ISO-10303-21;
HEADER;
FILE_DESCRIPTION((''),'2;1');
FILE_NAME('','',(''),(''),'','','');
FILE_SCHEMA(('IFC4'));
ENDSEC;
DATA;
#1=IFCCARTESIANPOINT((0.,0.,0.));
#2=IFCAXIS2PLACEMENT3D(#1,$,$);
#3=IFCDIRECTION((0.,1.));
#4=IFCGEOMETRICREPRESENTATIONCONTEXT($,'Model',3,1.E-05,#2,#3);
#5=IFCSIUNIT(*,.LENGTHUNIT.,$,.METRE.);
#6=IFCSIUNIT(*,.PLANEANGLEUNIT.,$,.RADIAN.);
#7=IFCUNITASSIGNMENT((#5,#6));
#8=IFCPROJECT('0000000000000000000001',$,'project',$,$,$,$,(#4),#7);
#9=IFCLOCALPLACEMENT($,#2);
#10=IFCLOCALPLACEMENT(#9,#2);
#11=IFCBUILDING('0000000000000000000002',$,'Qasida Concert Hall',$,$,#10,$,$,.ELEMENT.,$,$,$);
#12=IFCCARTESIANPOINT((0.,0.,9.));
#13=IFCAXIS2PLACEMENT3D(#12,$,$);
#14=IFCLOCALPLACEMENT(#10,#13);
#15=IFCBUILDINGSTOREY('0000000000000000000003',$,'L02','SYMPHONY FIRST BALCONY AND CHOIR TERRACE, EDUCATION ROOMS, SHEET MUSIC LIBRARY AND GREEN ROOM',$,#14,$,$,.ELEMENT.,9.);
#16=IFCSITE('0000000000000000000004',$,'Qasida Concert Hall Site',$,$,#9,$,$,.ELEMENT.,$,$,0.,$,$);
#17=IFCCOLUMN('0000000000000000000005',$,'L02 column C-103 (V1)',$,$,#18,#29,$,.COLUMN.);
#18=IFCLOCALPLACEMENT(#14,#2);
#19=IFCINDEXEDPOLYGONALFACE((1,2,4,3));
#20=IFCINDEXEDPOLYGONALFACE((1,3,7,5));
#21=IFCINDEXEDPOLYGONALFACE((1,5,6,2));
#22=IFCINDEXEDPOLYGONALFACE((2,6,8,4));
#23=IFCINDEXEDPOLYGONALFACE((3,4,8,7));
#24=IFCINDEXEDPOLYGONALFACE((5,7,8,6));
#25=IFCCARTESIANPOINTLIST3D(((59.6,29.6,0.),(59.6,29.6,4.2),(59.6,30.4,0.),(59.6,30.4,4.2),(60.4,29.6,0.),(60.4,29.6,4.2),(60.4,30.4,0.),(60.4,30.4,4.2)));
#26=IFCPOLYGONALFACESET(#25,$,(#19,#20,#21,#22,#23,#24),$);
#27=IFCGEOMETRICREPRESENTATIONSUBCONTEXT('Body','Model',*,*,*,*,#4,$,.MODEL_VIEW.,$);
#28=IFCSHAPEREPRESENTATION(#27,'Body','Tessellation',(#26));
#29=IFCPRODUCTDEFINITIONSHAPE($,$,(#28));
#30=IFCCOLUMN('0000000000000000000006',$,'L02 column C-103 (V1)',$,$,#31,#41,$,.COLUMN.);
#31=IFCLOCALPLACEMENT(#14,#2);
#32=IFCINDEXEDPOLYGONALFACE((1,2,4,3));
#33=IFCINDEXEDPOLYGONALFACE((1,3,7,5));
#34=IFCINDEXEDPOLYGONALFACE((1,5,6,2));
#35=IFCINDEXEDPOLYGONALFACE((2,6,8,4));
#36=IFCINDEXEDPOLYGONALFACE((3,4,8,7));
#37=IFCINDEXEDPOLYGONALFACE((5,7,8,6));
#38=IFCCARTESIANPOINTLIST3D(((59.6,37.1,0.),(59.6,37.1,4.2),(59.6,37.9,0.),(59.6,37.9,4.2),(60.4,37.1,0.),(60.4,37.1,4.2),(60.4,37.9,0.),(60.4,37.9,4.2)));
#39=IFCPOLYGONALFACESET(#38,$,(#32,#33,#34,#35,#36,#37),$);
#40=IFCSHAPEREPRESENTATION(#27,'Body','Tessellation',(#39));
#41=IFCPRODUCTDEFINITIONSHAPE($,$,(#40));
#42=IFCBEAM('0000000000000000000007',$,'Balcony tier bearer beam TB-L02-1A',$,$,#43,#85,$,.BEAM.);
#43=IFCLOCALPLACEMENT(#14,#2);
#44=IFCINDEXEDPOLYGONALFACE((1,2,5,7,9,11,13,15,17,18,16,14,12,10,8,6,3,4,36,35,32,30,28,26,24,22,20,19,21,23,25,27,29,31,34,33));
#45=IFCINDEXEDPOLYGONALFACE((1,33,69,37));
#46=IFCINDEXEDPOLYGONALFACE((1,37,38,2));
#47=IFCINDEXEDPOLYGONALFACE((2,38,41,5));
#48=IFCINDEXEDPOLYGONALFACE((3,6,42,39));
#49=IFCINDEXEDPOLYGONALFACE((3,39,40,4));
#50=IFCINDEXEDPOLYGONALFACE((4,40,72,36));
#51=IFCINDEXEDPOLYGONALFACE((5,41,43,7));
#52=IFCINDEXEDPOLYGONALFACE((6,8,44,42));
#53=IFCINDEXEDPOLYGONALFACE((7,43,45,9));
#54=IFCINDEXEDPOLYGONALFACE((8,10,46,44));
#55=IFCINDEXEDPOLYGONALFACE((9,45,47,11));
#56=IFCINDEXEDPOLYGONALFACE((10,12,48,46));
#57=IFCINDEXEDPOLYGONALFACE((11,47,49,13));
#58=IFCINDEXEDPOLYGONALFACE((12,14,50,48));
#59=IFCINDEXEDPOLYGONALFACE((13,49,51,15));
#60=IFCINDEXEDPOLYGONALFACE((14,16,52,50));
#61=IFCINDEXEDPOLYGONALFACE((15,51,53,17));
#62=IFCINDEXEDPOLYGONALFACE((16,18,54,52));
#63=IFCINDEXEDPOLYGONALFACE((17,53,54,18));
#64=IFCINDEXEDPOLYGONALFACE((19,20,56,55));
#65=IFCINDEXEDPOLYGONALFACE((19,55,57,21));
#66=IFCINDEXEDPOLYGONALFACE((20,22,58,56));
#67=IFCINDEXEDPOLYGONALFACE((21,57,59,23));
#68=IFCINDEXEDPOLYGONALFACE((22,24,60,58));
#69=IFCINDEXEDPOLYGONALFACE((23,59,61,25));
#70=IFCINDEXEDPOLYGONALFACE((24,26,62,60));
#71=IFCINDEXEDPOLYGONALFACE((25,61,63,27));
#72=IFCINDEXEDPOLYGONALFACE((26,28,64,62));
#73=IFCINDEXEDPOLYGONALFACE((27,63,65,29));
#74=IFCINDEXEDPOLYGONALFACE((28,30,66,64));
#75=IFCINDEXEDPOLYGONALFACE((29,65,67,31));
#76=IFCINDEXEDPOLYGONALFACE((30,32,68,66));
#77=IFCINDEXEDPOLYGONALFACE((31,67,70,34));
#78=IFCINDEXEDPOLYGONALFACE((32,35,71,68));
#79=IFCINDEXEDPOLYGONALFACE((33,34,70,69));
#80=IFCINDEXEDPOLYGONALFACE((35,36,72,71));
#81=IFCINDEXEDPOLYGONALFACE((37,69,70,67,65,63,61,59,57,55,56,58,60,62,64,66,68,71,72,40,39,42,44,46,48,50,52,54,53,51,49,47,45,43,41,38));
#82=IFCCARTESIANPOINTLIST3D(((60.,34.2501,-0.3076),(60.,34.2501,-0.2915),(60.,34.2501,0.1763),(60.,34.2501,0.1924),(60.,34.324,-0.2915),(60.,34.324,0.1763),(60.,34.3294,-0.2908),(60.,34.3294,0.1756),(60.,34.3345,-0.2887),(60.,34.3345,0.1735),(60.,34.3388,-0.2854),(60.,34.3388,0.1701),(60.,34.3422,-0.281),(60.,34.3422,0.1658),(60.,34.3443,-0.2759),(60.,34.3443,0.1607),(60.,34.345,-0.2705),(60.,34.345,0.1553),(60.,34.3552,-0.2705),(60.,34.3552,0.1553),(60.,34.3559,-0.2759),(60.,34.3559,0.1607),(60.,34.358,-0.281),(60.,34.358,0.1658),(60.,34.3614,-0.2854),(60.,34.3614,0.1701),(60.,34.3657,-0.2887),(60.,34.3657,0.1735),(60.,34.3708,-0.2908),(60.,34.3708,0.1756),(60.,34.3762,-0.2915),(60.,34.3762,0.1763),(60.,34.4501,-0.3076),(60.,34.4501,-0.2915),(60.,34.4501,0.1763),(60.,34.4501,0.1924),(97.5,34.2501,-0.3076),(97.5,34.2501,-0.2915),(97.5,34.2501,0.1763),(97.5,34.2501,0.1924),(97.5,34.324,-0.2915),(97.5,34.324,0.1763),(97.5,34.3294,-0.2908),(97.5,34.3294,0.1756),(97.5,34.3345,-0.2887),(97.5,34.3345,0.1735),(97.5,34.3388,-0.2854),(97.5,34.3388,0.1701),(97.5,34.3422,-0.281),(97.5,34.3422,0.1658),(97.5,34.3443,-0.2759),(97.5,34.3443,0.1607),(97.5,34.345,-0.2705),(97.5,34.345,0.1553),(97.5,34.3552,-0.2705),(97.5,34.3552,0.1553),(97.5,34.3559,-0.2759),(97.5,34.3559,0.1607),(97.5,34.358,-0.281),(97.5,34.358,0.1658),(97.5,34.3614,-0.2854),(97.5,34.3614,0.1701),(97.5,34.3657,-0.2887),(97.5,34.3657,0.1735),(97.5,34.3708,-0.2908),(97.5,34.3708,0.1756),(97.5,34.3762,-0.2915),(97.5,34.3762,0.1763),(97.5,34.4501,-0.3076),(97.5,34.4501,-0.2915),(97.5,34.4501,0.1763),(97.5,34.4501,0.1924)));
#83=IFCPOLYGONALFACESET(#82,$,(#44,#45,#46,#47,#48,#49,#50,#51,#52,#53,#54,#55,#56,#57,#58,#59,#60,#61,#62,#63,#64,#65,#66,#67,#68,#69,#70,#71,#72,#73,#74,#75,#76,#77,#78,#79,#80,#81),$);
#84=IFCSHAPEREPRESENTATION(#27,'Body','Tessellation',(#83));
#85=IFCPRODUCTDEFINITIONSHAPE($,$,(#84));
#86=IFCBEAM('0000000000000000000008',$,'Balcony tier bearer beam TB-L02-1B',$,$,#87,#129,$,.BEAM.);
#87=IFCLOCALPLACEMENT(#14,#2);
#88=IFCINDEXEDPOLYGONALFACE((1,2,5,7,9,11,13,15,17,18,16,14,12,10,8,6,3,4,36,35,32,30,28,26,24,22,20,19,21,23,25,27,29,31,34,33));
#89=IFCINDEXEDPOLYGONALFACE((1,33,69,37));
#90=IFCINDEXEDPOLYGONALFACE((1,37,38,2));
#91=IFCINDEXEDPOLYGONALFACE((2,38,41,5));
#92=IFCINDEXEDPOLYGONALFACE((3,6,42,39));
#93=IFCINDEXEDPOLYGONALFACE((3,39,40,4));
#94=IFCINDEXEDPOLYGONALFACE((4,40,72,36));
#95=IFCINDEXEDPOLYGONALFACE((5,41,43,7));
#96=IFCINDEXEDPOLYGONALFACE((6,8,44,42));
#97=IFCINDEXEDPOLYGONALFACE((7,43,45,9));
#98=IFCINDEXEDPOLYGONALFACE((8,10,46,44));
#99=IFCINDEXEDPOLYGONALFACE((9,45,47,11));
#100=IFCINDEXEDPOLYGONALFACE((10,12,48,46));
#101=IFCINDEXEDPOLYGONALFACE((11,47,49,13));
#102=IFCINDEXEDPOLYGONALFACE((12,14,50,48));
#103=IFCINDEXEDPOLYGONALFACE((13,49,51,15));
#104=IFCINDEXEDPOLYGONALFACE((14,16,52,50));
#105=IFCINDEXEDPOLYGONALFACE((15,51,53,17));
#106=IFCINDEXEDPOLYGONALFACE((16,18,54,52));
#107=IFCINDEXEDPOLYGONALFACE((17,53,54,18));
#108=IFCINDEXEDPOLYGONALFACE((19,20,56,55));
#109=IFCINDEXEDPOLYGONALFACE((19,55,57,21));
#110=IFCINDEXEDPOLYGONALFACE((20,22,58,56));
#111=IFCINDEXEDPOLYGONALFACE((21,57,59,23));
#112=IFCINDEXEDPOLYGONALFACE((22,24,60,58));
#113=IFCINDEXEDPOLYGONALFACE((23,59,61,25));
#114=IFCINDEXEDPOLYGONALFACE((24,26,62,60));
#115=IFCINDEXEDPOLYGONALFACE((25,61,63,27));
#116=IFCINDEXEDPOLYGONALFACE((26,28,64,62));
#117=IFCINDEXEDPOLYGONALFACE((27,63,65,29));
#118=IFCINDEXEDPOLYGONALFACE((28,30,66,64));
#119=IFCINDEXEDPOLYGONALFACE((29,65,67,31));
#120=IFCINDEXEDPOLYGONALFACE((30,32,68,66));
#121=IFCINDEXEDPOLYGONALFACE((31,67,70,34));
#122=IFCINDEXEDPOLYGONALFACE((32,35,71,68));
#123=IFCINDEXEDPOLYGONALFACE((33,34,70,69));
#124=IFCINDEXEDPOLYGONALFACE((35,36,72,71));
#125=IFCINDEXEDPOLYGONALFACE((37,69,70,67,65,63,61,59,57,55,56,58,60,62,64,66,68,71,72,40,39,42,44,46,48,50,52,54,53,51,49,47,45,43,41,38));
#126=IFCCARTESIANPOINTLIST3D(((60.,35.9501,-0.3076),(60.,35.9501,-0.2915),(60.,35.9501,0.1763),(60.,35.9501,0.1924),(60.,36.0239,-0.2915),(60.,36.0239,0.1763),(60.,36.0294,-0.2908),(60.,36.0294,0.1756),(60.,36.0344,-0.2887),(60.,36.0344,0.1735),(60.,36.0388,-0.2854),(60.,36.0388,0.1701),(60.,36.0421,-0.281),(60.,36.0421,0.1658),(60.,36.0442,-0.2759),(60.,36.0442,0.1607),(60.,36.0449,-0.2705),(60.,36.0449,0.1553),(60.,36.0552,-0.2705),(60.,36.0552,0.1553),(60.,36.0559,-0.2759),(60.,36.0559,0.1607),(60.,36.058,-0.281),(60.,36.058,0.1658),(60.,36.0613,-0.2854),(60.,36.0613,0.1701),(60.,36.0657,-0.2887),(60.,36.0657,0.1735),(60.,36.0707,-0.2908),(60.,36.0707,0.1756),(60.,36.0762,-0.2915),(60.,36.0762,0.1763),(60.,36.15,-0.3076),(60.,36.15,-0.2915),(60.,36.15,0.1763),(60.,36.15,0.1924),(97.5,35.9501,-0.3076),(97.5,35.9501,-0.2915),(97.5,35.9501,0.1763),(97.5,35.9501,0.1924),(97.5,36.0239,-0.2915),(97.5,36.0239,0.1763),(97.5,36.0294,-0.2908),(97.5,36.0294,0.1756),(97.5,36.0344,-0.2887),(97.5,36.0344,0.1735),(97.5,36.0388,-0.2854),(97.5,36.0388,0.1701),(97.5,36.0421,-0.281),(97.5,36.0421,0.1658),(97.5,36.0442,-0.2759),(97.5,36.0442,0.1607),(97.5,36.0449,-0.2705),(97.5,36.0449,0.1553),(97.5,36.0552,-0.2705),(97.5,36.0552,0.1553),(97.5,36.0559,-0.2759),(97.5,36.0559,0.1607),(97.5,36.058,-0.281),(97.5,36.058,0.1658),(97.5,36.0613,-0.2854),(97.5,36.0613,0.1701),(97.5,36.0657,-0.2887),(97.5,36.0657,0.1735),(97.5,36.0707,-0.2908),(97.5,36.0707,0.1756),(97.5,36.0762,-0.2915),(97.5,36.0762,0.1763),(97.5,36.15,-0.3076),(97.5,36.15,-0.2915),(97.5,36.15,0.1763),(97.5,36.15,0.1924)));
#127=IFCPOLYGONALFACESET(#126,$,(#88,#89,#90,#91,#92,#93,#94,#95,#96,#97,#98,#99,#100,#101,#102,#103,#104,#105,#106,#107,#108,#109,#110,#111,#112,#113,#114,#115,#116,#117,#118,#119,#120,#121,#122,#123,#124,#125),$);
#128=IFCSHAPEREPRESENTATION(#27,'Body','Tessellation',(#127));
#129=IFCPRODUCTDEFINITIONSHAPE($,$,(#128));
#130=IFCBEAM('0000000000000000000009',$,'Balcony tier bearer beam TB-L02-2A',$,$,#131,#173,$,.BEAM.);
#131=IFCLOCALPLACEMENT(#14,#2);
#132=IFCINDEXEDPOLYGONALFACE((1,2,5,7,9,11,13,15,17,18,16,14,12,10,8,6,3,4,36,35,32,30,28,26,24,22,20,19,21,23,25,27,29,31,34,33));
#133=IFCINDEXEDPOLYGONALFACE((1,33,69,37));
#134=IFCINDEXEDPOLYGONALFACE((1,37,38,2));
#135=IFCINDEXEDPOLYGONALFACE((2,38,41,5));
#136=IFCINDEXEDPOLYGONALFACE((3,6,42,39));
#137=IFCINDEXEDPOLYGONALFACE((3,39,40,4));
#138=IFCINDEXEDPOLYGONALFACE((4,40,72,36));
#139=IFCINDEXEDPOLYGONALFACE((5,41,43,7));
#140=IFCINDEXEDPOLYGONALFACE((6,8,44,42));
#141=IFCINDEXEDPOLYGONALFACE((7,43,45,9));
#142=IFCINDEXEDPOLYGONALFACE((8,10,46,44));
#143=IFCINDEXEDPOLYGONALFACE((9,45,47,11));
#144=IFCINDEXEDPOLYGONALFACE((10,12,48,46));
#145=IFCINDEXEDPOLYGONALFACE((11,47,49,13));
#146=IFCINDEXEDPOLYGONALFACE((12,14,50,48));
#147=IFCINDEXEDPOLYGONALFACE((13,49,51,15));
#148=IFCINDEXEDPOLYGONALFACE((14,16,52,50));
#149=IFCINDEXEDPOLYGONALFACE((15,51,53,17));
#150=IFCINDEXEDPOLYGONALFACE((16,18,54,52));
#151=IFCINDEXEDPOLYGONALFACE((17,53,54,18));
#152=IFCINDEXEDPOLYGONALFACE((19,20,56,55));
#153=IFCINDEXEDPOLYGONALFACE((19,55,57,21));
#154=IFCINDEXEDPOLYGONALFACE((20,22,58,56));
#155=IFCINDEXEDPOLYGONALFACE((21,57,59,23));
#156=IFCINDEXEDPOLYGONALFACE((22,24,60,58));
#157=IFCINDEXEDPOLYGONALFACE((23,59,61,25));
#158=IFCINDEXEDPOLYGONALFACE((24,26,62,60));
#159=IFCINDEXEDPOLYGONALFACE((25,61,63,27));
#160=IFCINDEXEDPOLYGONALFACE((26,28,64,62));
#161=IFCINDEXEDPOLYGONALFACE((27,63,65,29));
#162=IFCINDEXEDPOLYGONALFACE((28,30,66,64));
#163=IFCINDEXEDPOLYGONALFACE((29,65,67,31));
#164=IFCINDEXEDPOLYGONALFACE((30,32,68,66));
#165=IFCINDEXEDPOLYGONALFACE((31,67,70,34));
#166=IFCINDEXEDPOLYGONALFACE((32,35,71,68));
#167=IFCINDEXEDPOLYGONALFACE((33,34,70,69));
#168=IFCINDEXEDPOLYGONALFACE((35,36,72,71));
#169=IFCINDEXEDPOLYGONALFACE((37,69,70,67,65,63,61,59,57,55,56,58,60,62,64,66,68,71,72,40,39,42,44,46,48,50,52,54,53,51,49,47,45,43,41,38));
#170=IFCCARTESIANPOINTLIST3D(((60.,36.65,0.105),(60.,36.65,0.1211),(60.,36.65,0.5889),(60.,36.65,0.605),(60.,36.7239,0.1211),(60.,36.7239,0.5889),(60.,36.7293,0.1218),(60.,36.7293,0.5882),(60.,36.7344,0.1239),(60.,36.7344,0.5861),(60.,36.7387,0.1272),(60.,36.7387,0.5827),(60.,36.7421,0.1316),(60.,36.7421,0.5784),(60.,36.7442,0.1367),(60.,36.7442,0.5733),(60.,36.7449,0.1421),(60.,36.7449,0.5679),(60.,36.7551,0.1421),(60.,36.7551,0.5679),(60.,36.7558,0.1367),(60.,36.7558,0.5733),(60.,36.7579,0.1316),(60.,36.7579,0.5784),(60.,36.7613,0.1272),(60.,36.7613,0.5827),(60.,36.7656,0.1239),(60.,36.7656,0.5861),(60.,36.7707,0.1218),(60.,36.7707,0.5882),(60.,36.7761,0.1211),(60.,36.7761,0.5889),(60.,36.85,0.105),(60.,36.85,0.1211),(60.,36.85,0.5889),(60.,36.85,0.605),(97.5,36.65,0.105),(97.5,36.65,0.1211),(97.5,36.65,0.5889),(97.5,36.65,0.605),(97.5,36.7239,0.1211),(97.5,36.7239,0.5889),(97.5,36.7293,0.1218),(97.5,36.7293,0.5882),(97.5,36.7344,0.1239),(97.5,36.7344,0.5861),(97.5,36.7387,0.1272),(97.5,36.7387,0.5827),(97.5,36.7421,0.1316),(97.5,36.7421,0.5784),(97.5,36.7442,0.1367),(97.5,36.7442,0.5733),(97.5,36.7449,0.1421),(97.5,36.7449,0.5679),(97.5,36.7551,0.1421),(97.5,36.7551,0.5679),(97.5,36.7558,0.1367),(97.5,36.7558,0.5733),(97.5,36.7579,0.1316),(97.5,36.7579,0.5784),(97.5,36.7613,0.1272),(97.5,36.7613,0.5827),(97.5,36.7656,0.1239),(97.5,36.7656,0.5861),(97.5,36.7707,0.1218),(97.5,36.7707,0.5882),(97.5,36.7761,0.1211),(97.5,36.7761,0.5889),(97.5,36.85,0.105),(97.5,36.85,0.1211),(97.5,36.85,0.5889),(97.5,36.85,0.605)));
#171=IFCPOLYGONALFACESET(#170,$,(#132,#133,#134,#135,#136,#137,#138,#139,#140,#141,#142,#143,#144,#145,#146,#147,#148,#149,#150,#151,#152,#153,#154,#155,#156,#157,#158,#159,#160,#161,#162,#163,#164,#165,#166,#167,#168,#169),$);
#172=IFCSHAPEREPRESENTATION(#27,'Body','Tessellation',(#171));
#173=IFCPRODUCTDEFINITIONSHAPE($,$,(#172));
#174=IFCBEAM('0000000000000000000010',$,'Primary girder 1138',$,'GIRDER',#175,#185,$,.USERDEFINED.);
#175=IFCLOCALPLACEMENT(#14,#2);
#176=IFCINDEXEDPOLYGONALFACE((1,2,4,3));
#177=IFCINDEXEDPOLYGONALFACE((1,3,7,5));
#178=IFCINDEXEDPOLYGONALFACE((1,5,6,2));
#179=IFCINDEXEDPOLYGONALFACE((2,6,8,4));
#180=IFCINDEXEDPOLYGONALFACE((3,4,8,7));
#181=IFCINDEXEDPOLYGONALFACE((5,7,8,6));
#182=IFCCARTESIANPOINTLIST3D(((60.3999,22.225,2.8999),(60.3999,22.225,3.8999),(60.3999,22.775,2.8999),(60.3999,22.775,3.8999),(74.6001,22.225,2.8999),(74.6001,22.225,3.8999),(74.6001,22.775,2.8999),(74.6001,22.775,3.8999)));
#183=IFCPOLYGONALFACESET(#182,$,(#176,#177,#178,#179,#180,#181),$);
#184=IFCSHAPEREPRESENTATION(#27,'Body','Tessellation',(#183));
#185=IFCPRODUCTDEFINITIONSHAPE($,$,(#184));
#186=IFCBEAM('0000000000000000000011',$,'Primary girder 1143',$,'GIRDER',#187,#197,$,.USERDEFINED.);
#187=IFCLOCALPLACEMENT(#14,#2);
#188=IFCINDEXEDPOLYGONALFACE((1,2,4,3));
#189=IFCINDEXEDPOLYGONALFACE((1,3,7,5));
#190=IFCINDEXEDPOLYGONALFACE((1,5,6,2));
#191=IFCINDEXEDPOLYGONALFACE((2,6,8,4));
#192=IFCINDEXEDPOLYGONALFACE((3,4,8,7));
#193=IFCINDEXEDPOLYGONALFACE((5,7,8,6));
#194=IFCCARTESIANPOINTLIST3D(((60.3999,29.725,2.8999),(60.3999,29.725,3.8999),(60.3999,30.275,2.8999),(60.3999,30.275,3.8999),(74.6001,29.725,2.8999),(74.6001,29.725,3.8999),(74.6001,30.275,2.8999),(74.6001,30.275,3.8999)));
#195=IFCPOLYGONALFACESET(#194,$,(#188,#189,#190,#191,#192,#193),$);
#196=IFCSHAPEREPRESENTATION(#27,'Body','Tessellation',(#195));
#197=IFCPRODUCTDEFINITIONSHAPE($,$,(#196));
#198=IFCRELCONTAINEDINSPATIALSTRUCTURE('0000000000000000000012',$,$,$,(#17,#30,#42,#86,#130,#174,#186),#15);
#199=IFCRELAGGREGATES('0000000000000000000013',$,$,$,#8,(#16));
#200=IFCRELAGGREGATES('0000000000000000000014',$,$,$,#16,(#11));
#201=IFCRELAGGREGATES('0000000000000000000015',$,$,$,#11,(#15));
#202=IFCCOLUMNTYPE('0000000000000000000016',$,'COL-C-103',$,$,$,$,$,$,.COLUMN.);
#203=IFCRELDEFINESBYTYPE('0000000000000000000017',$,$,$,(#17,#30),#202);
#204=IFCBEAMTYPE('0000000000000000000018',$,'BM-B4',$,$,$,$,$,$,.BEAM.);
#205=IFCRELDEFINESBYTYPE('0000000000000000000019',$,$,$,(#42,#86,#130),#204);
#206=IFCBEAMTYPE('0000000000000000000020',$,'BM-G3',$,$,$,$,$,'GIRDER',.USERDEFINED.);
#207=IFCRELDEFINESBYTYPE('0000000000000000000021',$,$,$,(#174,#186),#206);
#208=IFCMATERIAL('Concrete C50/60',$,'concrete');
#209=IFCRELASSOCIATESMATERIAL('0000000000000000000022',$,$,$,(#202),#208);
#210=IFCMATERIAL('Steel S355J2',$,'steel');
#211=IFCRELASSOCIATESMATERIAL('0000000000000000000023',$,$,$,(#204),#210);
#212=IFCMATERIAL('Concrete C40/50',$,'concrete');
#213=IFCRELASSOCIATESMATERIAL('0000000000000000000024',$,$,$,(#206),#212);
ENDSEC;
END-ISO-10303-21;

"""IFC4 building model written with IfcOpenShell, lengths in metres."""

from ifc_helpers import new_model, si_unit, direction, frame, origin, origin_2d, place, context, subcontext, project, spatial, rectangle, i_section, extrude, material, material_profile, profile_set, type_object, element, save


model = new_model("IFC4")

# Units and contexts
model_context = context("Model", 3, precision=1e-05, world=origin(), true_north=direction((0.0, 1.0)))
body_context = subcontext(model_context, "Body", "Model", "MODEL_VIEW")
ifc_project = project(units=[si_unit("LENGTHUNIT", "METRE"), si_unit("PLANEANGLEUNIT", "RADIAN")], contexts=[model_context])

# Site, building, storey
site_placement = place(None, origin())
site = spatial("IfcSite", under=ifc_project, at=site_placement, Name="Qasida Concert Hall Site", CompositionType="ELEMENT", RefElevation=0.0)
building_placement = place(site_placement, origin())
building = spatial("IfcBuilding", under=site, at=building_placement, Name="Qasida Concert Hall", CompositionType="ELEMENT")
storey_placement = place(building_placement, frame((0.0, 0.0, 9.0)))
storey = spatial("IfcBuildingStorey", under=building, at=storey_placement, Name="L02", Description="SYMPHONY FIRST BALCONY AND CHOIR TERRACE, EDUCATION ROOMS, SHEET MUSIC LIBRARY AND GREEN ROOM", CompositionType="ELEMENT", Elevation=9.0)

# Columns
ifc_material_1 = material(Name="Concrete C50/60", Category="concrete")
ifc_material_profile_1 = material_profile(ifc_material_1, rectangle(XDim=0.8, YDim=0.8, at=origin_2d()), Name="RC 800x800")
ifc_profile_set_1 = profile_set([ifc_material_profile_1], Name="Concrete C50/60")
column_type = type_object("IfcColumnType", Name="COL-C-103", PredefinedType="COLUMN", material=ifc_profile_set_1)
for number, where, z_axis, x_axis, name in (
    (1, (60.0, 30.0, 0.0), (0.0, 0.0, 1.0), (1.0, 0.0, 0.0), "L02 column C-103 (V1)"),
    (2, (60.0, 37.5, 0.0), (0.0, 0.0, 1.0), (1.0, 0.0, 0.0), "L02 column C-103 (V1)"),
):
    element("IfcColumn", number, at=place(storey_placement, frame(where, z_axis=z_axis, x_axis=x_axis)), inside=storey, type_object=column_type, Name=name, PredefinedType="COLUMN", context=body_context, shape_type="SweptSolid", body=[
        extrude(rectangle(XDim=0.8, YDim=0.8, at=origin_2d()), origin(), (0.0, 0.0, 1.0), 4.2),
    ])

# Beams
ifc_material_2 = material(Name="Steel S355J2", Category="steel")
ifc_material_profile_2 = material_profile(ifc_material_2, i_section(OverallWidth=0.2, OverallDepth=0.5, WebThickness=0.0103, FlangeThickness=0.0161, FilletRadius=0.021, at=origin_2d()), Name="IPE 500")
ifc_profile_set_2 = profile_set([ifc_material_profile_2], Name="Steel S355J2")
beam_type_1 = type_object("IfcBeamType", Name="BM-B4", PredefinedType="BEAM", material=ifc_profile_set_2)
for number, where, z_axis, x_axis, name in (
    (3, (60.0, 34.3501, -0.0576), (1.0, 0.0, 0.0), (0.0, 1.0, 0.0), "Balcony tier bearer beam TB-L02-1A"),
    (4, (60.0, 36.05, -0.0576), (1.0, 0.0, 0.0), (0.0, 1.0, 0.0), "Balcony tier bearer beam TB-L02-1B"),
    (5, (60.0, 36.75, 0.355), (1.0, 0.0, 0.0), (0.0, 1.0, 0.0), "Balcony tier bearer beam TB-L02-2A"),
):
    element("IfcBeam", number, at=place(storey_placement, frame(where, z_axis=z_axis, x_axis=x_axis)), inside=storey, type_object=beam_type_1, Name=name, PredefinedType="BEAM", context=body_context, shape_type="SweptSolid", body=[
        extrude(i_section(OverallWidth=0.2, OverallDepth=0.5, WebThickness=0.0103, FlangeThickness=0.0161, FilletRadius=0.021, at=origin_2d()), origin(), (0.0, 0.0, 1.0), 37.5),
    ])
ifc_material_3 = material(Name="Concrete C40/50", Category="concrete")
ifc_material_profile_3 = material_profile(ifc_material_3, rectangle(XDim=0.55, YDim=1.0, at=origin_2d()), Name="RC 550x1000")
ifc_profile_set_3 = profile_set([ifc_material_profile_3], Name="Concrete C40/50")
beam_type_2 = type_object("IfcBeamType", Name="BM-G3", ElementType="GIRDER", PredefinedType="USERDEFINED", material=ifc_profile_set_3)
for number, where, z_axis, x_axis, name in (
    (6, (60.3999, 22.5, 3.3999), (1.0, 0.0, 0.0), (0.0, 1.0, 0.0), "Primary girder 1138"),
    (7, (60.3999, 30.0, 3.3999), (1.0, 0.0, 0.0), (0.0, 1.0, 0.0), "Primary girder 1143"),
):
    element("IfcBeam", number, at=place(storey_placement, frame(where, z_axis=z_axis, x_axis=x_axis)), inside=storey, type_object=beam_type_2, Name=name, ObjectType="GIRDER", PredefinedType="USERDEFINED", context=body_context, shape_type="SweptSolid", body=[
        extrude(rectangle(XDim=0.55, YDim=1.0, at=origin_2d()), origin(), (0.0, 0.0, 1.0), 14.2002),
    ])

save(model, "model.ifc")
